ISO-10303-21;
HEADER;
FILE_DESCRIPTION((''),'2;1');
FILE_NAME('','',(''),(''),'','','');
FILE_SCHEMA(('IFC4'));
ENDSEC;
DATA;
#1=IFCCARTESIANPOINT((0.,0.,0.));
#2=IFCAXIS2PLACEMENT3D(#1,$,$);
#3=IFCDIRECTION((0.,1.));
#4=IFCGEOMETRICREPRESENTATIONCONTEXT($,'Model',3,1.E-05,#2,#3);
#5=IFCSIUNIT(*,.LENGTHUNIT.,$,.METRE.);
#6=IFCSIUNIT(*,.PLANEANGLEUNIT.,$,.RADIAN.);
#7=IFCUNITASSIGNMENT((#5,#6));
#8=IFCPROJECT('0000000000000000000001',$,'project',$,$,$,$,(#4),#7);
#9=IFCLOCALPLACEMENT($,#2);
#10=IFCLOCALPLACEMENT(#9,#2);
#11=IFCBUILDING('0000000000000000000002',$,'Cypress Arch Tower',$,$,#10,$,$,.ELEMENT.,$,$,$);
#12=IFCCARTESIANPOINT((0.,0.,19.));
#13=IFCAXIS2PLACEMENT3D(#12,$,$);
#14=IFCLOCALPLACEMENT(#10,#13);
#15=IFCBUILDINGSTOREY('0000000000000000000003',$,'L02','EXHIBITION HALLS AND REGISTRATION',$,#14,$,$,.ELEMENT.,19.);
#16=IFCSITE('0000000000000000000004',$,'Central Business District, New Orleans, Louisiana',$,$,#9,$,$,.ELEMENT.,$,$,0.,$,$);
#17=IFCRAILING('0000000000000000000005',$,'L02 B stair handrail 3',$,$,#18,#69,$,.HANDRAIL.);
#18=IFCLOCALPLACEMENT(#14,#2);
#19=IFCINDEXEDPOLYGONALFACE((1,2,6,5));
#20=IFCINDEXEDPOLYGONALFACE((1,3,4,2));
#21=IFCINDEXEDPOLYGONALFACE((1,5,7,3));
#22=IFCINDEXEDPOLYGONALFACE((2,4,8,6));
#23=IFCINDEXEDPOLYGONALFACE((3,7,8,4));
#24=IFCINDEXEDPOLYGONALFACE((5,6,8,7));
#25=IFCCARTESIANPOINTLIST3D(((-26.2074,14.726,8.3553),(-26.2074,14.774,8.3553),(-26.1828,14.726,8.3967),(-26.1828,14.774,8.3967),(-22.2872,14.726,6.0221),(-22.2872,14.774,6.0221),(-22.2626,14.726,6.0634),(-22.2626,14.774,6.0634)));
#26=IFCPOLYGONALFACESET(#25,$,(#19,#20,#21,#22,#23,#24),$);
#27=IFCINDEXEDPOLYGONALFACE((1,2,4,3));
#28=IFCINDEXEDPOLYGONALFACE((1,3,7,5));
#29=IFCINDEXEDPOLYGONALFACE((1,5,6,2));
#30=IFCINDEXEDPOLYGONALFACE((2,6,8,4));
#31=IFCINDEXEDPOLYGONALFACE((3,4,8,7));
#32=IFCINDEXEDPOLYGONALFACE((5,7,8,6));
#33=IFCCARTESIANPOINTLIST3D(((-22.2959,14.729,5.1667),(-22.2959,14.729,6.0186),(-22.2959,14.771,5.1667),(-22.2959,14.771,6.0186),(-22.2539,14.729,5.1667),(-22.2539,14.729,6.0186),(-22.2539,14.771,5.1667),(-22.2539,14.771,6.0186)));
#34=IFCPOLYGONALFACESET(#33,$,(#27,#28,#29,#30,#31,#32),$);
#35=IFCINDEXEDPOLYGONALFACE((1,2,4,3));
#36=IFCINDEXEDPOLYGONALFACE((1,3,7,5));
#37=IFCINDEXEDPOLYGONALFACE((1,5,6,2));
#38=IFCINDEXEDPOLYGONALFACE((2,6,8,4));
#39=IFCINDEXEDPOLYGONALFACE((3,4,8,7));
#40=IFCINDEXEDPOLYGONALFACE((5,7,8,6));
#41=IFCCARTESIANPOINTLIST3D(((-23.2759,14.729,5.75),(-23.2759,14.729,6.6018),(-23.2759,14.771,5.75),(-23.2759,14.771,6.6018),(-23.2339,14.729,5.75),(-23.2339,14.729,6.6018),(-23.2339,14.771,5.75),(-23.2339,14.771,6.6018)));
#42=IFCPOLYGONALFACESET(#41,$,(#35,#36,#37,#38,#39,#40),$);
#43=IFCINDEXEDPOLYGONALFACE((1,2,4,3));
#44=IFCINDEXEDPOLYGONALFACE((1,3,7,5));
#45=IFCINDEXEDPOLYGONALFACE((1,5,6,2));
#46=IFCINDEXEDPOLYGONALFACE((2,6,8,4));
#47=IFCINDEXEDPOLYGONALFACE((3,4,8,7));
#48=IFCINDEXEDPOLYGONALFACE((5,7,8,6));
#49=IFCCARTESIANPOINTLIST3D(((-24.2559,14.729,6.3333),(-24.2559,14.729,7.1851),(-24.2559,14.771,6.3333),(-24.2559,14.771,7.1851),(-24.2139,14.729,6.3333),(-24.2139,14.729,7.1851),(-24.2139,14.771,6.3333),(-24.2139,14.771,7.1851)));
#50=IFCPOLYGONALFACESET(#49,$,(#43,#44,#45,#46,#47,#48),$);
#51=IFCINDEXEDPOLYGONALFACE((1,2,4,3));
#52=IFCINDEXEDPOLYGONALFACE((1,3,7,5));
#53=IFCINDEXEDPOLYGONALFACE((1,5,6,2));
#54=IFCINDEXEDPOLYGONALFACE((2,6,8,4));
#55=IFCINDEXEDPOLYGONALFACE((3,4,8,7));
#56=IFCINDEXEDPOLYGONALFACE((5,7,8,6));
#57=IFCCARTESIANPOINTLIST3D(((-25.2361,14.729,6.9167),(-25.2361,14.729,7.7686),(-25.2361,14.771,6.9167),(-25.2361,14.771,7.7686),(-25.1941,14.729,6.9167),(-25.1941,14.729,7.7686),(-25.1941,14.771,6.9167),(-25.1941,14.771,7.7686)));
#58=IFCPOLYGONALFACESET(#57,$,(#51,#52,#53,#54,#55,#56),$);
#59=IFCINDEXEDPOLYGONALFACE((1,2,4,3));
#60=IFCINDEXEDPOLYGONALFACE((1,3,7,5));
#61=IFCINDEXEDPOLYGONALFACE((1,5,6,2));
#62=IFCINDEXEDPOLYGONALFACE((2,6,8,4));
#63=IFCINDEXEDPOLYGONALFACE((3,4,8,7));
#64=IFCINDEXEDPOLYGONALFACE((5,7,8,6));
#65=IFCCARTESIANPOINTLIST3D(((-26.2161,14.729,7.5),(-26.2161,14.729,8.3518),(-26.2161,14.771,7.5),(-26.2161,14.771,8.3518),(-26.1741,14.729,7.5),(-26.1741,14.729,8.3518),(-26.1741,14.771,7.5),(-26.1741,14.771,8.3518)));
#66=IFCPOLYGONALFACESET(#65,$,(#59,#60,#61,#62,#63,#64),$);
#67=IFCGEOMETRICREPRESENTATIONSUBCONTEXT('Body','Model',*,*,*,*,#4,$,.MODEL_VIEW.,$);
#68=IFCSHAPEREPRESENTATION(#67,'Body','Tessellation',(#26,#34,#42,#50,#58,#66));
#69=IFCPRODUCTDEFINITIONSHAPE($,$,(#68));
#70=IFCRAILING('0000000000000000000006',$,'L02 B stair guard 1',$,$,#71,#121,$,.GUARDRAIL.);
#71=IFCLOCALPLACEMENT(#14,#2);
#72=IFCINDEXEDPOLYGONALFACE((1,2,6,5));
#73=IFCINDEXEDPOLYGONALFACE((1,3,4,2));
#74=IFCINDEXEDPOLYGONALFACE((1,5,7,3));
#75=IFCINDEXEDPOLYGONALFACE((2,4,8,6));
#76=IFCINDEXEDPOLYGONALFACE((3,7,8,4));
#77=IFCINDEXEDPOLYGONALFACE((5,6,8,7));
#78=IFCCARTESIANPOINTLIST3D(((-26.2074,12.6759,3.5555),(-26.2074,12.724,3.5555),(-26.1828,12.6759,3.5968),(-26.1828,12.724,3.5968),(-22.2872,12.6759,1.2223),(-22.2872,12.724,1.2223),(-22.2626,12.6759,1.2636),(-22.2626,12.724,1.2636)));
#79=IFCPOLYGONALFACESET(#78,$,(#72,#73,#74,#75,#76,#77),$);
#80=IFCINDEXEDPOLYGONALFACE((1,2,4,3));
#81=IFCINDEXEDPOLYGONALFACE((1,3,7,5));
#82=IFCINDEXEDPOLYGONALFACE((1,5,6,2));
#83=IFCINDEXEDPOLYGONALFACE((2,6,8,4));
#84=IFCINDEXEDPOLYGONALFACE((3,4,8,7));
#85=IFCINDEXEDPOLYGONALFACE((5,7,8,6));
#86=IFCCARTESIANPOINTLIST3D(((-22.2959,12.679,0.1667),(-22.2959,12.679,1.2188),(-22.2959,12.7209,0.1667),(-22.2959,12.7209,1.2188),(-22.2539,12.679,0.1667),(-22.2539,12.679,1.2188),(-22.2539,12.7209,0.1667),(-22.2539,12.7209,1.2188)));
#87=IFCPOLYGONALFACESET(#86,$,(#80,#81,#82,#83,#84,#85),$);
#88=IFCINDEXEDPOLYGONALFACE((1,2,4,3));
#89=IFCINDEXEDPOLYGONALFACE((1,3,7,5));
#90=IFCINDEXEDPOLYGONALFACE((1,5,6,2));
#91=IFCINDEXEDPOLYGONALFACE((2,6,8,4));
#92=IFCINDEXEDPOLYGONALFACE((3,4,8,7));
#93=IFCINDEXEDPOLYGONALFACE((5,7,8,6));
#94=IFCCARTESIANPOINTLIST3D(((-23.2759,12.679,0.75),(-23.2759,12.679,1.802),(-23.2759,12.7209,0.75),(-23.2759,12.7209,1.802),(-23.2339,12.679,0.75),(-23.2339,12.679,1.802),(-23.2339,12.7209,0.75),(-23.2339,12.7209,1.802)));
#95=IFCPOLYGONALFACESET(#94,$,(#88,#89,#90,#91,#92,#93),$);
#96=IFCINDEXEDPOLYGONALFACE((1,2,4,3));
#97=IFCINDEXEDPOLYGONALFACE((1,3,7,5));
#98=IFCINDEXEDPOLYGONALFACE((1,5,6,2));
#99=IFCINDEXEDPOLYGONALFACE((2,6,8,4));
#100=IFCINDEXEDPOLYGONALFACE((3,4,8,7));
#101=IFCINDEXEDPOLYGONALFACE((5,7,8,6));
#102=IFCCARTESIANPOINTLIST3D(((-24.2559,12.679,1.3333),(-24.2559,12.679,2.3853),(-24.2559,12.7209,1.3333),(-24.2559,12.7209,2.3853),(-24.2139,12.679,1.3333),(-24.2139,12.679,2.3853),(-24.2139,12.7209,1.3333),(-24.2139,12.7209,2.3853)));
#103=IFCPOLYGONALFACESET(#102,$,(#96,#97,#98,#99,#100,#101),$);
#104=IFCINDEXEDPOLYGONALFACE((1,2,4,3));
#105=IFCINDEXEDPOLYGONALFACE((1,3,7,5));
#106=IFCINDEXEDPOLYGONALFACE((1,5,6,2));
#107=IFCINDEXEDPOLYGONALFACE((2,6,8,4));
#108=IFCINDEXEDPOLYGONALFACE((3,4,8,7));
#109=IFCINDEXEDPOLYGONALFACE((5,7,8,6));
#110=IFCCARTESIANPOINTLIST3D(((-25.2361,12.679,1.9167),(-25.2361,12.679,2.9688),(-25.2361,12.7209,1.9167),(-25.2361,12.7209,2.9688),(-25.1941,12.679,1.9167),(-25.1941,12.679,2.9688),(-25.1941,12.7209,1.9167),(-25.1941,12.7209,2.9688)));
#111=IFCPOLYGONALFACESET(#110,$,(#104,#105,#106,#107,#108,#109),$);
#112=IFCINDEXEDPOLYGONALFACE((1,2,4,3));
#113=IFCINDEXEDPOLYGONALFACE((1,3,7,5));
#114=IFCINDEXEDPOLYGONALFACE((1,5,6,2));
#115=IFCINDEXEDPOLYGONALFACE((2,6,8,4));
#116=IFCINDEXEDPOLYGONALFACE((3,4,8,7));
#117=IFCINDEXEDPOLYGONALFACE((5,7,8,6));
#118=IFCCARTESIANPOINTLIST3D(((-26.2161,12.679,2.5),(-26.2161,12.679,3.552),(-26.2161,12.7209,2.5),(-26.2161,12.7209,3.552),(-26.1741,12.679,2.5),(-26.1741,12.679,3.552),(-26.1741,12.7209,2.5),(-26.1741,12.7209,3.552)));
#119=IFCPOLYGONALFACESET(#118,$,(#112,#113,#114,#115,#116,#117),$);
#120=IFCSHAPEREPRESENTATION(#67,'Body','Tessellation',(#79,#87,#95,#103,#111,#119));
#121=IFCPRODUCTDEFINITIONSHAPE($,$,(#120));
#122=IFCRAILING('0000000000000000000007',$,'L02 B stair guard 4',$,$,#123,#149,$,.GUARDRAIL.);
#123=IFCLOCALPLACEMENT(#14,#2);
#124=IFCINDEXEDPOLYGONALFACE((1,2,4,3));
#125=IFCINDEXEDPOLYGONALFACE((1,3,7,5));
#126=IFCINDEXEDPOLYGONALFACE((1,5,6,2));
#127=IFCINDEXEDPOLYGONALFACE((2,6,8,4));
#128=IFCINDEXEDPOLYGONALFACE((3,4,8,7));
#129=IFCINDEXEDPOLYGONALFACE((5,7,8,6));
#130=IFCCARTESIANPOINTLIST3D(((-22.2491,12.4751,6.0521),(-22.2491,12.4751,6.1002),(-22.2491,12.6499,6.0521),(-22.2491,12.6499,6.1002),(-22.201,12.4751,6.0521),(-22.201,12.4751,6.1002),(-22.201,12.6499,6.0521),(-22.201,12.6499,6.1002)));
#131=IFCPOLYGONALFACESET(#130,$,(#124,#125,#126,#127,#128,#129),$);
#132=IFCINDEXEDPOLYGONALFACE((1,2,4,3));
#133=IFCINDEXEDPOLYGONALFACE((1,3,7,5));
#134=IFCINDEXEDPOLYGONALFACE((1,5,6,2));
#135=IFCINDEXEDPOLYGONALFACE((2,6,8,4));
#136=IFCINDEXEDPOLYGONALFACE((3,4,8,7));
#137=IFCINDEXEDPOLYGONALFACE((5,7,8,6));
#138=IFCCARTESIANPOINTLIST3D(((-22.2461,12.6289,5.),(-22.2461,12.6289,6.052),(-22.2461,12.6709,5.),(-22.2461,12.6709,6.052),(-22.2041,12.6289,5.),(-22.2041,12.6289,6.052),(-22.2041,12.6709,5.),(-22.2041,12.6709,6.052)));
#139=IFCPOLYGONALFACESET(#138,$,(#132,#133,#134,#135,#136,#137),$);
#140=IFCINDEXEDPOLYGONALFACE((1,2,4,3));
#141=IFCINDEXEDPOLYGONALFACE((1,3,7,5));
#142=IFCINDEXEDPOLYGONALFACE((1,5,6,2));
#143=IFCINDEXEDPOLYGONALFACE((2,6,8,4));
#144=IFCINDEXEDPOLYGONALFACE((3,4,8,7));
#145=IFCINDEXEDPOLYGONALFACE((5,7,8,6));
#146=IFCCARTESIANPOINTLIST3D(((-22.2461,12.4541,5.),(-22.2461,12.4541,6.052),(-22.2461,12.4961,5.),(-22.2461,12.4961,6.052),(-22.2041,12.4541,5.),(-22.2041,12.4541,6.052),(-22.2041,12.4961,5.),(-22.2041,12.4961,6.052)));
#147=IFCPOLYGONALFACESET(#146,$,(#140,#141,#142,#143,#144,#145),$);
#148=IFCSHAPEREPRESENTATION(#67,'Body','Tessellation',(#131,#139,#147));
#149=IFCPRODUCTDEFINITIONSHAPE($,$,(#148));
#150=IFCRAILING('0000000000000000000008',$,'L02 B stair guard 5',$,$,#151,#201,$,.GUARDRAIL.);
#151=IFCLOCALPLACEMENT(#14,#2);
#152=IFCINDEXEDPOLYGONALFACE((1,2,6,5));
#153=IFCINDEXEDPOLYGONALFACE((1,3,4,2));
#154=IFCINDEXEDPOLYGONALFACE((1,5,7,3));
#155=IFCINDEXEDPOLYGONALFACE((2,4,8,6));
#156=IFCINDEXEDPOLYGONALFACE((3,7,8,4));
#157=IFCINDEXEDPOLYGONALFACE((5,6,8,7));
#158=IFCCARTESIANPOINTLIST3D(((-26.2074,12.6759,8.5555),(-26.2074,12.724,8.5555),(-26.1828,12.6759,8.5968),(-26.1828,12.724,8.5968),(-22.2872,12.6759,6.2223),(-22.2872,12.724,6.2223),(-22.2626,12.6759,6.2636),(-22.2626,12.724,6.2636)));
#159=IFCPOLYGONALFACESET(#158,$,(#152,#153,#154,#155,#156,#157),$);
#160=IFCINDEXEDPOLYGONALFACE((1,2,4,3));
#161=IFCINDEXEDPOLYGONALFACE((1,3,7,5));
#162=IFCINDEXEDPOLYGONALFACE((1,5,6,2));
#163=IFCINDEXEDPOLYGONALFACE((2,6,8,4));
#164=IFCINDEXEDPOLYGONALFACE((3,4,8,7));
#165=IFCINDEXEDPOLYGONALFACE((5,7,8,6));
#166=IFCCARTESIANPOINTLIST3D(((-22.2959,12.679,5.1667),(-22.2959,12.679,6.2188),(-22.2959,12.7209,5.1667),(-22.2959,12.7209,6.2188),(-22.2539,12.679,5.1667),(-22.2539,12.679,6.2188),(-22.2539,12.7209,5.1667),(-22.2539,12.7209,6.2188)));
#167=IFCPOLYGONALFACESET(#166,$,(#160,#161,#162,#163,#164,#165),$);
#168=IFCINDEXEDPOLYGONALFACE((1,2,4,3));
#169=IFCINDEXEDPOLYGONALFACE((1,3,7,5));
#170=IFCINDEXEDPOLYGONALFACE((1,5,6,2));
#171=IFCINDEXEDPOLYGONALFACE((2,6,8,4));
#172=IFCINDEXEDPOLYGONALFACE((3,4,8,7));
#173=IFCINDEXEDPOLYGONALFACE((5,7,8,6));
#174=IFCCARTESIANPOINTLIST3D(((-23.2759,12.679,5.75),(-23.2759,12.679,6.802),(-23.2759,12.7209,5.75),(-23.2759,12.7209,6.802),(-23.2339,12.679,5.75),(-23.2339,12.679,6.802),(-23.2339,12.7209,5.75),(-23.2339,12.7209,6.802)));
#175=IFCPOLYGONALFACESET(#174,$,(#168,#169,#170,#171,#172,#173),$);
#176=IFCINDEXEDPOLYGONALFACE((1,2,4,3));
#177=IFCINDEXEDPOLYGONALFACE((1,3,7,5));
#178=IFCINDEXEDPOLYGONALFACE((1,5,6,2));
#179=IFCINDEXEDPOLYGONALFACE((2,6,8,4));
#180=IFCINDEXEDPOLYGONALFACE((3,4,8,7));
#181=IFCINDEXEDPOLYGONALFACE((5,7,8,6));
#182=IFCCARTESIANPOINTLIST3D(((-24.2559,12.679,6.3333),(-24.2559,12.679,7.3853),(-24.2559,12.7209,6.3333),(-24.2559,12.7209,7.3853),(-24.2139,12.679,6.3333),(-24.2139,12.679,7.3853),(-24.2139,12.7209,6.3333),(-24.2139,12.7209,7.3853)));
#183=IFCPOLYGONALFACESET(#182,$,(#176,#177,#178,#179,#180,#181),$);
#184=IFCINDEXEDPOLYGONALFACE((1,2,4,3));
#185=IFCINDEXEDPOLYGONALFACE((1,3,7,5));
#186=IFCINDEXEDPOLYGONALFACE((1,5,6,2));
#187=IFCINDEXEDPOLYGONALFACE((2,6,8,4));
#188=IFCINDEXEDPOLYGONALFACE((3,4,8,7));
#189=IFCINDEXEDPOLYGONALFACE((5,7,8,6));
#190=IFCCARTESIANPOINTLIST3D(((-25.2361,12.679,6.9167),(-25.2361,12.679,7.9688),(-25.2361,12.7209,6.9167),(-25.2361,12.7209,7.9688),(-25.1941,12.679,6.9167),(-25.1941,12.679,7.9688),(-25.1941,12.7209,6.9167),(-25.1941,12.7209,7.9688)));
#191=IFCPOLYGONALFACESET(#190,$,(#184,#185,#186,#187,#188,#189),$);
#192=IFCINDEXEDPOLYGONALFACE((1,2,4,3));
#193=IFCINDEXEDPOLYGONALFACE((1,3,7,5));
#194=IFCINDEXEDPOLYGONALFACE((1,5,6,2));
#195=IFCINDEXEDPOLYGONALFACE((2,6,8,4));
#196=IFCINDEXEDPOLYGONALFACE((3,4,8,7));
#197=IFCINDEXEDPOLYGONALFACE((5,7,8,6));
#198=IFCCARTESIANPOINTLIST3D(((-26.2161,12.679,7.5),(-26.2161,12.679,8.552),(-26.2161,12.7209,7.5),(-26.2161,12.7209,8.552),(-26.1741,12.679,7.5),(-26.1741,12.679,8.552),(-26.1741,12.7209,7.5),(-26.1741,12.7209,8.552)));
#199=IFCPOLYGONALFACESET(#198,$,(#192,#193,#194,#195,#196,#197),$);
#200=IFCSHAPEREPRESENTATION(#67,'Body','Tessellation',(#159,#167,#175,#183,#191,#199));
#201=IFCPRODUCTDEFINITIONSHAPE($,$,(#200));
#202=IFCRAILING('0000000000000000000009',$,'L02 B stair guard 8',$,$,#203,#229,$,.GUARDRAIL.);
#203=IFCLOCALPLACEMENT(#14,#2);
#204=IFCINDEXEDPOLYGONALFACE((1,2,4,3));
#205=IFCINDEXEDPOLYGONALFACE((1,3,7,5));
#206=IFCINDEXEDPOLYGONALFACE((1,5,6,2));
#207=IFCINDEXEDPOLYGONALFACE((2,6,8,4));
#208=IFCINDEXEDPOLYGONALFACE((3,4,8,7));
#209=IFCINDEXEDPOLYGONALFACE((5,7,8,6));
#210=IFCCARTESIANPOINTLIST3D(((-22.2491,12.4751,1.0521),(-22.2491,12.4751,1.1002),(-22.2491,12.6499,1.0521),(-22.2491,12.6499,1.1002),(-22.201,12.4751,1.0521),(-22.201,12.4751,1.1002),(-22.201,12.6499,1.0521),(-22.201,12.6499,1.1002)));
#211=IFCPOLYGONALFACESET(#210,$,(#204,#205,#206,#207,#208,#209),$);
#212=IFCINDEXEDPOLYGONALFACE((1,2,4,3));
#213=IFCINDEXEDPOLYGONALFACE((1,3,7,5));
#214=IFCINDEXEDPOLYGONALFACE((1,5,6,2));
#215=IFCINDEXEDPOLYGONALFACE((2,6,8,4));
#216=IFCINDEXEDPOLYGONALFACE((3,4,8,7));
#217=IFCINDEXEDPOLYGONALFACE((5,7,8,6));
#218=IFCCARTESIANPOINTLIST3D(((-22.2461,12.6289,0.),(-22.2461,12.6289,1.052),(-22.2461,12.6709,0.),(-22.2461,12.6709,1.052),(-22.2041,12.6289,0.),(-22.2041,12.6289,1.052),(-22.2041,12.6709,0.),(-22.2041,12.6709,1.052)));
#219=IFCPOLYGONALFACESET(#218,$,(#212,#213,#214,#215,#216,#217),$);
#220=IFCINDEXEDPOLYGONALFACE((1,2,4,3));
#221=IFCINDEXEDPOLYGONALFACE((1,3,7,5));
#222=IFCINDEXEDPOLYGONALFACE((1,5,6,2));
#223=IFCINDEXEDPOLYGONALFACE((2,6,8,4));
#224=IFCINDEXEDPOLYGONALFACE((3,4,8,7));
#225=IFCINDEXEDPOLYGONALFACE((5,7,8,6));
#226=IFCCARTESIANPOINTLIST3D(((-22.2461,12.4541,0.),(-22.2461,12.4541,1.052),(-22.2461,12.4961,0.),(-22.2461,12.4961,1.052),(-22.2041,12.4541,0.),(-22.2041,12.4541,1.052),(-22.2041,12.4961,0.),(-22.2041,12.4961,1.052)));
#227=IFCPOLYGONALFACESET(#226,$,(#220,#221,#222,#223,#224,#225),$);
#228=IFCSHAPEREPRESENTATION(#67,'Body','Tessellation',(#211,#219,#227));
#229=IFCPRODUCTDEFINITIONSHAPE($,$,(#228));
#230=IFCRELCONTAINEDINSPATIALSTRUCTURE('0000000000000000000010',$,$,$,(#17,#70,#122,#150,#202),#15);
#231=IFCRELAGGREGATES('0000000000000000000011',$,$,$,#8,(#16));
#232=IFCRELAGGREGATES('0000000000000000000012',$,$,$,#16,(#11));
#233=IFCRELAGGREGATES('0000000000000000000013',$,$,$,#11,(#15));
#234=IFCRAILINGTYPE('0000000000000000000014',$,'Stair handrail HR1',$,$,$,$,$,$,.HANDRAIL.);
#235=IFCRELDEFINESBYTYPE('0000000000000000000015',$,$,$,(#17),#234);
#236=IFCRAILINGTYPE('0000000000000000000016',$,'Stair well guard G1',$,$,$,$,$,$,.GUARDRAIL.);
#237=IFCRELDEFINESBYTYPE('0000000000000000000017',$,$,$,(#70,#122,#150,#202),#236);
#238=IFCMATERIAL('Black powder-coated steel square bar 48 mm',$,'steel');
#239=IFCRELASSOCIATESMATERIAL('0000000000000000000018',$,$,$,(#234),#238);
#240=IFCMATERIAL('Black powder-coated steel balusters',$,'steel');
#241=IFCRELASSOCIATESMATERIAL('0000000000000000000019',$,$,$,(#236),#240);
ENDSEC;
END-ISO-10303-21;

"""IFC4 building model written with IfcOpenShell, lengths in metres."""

from ifc_helpers import new_model, si_unit, direction, frame, origin, origin_2d, place, context, subcontext, project, spatial, rectangle, extrude, material, type_object, element, save


model = new_model("IFC4")

# Units and contexts
model_context = context("Model", 3, precision=1e-05, world=origin(), true_north=direction((0.0, 1.0)))
body_context = subcontext(model_context, "Body", "Model", "MODEL_VIEW")
ifc_project = project(units=[si_unit("LENGTHUNIT", "METRE"), si_unit("PLANEANGLEUNIT", "RADIAN")], contexts=[model_context])

# Site, building, storey
site_placement = place(None, origin())
site = spatial("IfcSite", under=ifc_project, at=site_placement, Name="Central Business District, New Orleans, Louisiana", CompositionType="ELEMENT", RefElevation=0.0)
building_placement = place(site_placement, origin())
building = spatial("IfcBuilding", under=site, at=building_placement, Name="Cypress Arch Tower", CompositionType="ELEMENT")
storey_placement = place(building_placement, frame((0.0, 0.0, 19.0)))
storey = spatial("IfcBuildingStorey", under=building, at=storey_placement, Name="L02", Description="EXHIBITION HALLS AND REGISTRATION", CompositionType="ELEMENT", Elevation=19.0)

# Railings
ifc_material_1 = material(Name="Black powder-coated steel square bar 48 mm", Category="steel")
railing_type_1 = type_object("IfcRailingType", Name="Stair handrail HR1", PredefinedType="HANDRAIL", material=ifc_material_1)
for number, where, name in (
    (1, (-22.2749, 14.75, 5.1667), "L02 B stair handrail 3"),
):
    element("IfcRailing", number, at=place(storey_placement, frame(where)), inside=storey, type_object=railing_type_1, Name=name, PredefinedType="HANDRAIL", context=body_context, shape_type="SweptSolid", body=[
        extrude(rectangle(XDim=0.0481, YDim=0.0481, at=origin_2d()), frame((0.0, 0.0, 0.876), z_axis=(-0.85931, 0.0, 0.511455), x_axis=(0.0, -1.0, 0.0)), (0.0, 0.0, 1.0), 4.562),
        extrude(rectangle(XDim=0.042, YDim=0.042, at=origin_2d()), origin(), (0.0, 0.0, 1.0), 0.8518),
        extrude(rectangle(XDim=0.042, YDim=0.042, at=origin_2d()), frame((-0.98, 0.0, 0.5833)), (0.0, 0.0, 1.0), 0.8518),
        extrude(rectangle(XDim=0.042, YDim=0.042, at=origin_2d()), frame((-1.96, 0.0, 1.1665)), (0.0, 0.0, 1.0), 0.8518),
        extrude(rectangle(XDim=0.042, YDim=0.042, at=origin_2d()), frame((-2.9402, 0.0, 1.75)), (0.0, 0.0, 1.0), 0.8518),
        extrude(rectangle(XDim=0.042, YDim=0.042, at=origin_2d()), frame((-3.9202, 0.0, 2.3333)), (0.0, 0.0, 1.0), 0.8518),
    ])
ifc_material_2 = material(Name="Black powder-coated steel balusters", Category="steel")
railing_type_2 = type_object("IfcRailingType", Name="Stair well guard G1", PredefinedType="GUARDRAIL", material=ifc_material_2)
railing_1_placement = place(storey_placement, frame((-22.2749, 12.7, 0.1667)))
element("IfcRailing", 2, at=railing_1_placement, inside=storey, type_object=railing_type_2, Name="L02 B stair guard 1", PredefinedType="GUARDRAIL", context=body_context, shape_type="SweptSolid", body=[
    extrude(rectangle(XDim=0.0481, YDim=0.0481, at=origin_2d()), frame((0.0, 0.0, 1.0762), z_axis=(-0.85931, 0.0, 0.511455), x_axis=(0.0, -1.0, 0.0)), (0.0, 0.0, 1.0), 4.562),
    extrude(rectangle(XDim=0.042, YDim=0.042, at=origin_2d()), origin(), (0.0, 0.0, 1.0), 1.052),
    extrude(rectangle(XDim=0.042, YDim=0.042, at=origin_2d()), frame((-0.98, 0.0, 0.5833)), (0.0, 0.0, 1.0), 1.052),
    extrude(rectangle(XDim=0.042, YDim=0.042, at=origin_2d()), frame((-1.96, 0.0, 1.1665)), (0.0, 0.0, 1.0), 1.052),
    extrude(rectangle(XDim=0.042, YDim=0.042, at=origin_2d()), frame((-2.9402, 0.0, 1.75)), (0.0, 0.0, 1.0), 1.052),
    extrude(rectangle(XDim=0.042, YDim=0.042, at=origin_2d()), frame((-3.9202, 0.0, 2.3333)), (0.0, 0.0, 1.0), 1.052),
])
railing_2_placement = place(storey_placement, frame((-22.2251, 12.6499, 5.0)))
element("IfcRailing", 3, at=railing_2_placement, inside=storey, type_object=railing_type_2, Name="L02 B stair guard 4", PredefinedType="GUARDRAIL", context=body_context, shape_type="SweptSolid", body=[
    extrude(rectangle(XDim=0.0481, YDim=0.0481, at=origin_2d()), frame((0.0, 0.0, 1.0762), z_axis=(0.0, -1.0, 0.0), x_axis=(1.0, 0.0, 0.0)), (0.0, 0.0, 1.0), 0.1748),
    extrude(rectangle(XDim=0.042, YDim=0.042, at=origin_2d()), origin(), (0.0, 0.0, 1.0), 1.052),
    extrude(rectangle(XDim=0.042, YDim=0.042, at=origin_2d()), frame((0.0, -0.1748, 0.0)), (0.0, 0.0, 1.0), 1.052),
])
railing_3_placement = place(storey_placement, frame((-22.2749, 12.7, 5.1667)))
element("IfcRailing", 4, at=railing_3_placement, inside=storey, type_object=railing_type_2, Name="L02 B stair guard 5", PredefinedType="GUARDRAIL", context=body_context, shape_type="SweptSolid", body=[
    extrude(rectangle(XDim=0.0481, YDim=0.0481, at=origin_2d()), frame((0.0, 0.0, 1.0762), z_axis=(-0.85931, 0.0, 0.511455), x_axis=(0.0, -1.0, 0.0)), (0.0, 0.0, 1.0), 4.562),
    extrude(rectangle(XDim=0.042, YDim=0.042, at=origin_2d()), origin(), (0.0, 0.0, 1.0), 1.052),
    extrude(rectangle(XDim=0.042, YDim=0.042, at=origin_2d()), frame((-0.98, 0.0, 0.5833)), (0.0, 0.0, 1.0), 1.052),
    extrude(rectangle(XDim=0.042, YDim=0.042, at=origin_2d()), frame((-1.96, 0.0, 1.1665)), (0.0, 0.0, 1.0), 1.052),
    extrude(rectangle(XDim=0.042, YDim=0.042, at=origin_2d()), frame((-2.9402, 0.0, 1.75)), (0.0, 0.0, 1.0), 1.052),
    extrude(rectangle(XDim=0.042, YDim=0.042, at=origin_2d()), frame((-3.9202, 0.0, 2.3333)), (0.0, 0.0, 1.0), 1.052),
])
railing_4_placement = place(storey_placement, frame((-22.2251, 12.6499, 0.0)))
element("IfcRailing", 5, at=railing_4_placement, inside=storey, type_object=railing_type_2, Name="L02 B stair guard 8", PredefinedType="GUARDRAIL", context=body_context, shape_type="SweptSolid", body=[
    extrude(rectangle(XDim=0.0481, YDim=0.0481, at=origin_2d()), frame((0.0, 0.0, 1.0762), z_axis=(0.0, -1.0, 0.0), x_axis=(1.0, 0.0, 0.0)), (0.0, 0.0, 1.0), 0.1748),
    extrude(rectangle(XDim=0.042, YDim=0.042, at=origin_2d()), origin(), (0.0, 0.0, 1.0), 1.052),
    extrude(rectangle(XDim=0.042, YDim=0.042, at=origin_2d()), frame((0.0, -0.1748, 0.0)), (0.0, 0.0, 1.0), 1.052),
])

save(model, "model.ifc")
